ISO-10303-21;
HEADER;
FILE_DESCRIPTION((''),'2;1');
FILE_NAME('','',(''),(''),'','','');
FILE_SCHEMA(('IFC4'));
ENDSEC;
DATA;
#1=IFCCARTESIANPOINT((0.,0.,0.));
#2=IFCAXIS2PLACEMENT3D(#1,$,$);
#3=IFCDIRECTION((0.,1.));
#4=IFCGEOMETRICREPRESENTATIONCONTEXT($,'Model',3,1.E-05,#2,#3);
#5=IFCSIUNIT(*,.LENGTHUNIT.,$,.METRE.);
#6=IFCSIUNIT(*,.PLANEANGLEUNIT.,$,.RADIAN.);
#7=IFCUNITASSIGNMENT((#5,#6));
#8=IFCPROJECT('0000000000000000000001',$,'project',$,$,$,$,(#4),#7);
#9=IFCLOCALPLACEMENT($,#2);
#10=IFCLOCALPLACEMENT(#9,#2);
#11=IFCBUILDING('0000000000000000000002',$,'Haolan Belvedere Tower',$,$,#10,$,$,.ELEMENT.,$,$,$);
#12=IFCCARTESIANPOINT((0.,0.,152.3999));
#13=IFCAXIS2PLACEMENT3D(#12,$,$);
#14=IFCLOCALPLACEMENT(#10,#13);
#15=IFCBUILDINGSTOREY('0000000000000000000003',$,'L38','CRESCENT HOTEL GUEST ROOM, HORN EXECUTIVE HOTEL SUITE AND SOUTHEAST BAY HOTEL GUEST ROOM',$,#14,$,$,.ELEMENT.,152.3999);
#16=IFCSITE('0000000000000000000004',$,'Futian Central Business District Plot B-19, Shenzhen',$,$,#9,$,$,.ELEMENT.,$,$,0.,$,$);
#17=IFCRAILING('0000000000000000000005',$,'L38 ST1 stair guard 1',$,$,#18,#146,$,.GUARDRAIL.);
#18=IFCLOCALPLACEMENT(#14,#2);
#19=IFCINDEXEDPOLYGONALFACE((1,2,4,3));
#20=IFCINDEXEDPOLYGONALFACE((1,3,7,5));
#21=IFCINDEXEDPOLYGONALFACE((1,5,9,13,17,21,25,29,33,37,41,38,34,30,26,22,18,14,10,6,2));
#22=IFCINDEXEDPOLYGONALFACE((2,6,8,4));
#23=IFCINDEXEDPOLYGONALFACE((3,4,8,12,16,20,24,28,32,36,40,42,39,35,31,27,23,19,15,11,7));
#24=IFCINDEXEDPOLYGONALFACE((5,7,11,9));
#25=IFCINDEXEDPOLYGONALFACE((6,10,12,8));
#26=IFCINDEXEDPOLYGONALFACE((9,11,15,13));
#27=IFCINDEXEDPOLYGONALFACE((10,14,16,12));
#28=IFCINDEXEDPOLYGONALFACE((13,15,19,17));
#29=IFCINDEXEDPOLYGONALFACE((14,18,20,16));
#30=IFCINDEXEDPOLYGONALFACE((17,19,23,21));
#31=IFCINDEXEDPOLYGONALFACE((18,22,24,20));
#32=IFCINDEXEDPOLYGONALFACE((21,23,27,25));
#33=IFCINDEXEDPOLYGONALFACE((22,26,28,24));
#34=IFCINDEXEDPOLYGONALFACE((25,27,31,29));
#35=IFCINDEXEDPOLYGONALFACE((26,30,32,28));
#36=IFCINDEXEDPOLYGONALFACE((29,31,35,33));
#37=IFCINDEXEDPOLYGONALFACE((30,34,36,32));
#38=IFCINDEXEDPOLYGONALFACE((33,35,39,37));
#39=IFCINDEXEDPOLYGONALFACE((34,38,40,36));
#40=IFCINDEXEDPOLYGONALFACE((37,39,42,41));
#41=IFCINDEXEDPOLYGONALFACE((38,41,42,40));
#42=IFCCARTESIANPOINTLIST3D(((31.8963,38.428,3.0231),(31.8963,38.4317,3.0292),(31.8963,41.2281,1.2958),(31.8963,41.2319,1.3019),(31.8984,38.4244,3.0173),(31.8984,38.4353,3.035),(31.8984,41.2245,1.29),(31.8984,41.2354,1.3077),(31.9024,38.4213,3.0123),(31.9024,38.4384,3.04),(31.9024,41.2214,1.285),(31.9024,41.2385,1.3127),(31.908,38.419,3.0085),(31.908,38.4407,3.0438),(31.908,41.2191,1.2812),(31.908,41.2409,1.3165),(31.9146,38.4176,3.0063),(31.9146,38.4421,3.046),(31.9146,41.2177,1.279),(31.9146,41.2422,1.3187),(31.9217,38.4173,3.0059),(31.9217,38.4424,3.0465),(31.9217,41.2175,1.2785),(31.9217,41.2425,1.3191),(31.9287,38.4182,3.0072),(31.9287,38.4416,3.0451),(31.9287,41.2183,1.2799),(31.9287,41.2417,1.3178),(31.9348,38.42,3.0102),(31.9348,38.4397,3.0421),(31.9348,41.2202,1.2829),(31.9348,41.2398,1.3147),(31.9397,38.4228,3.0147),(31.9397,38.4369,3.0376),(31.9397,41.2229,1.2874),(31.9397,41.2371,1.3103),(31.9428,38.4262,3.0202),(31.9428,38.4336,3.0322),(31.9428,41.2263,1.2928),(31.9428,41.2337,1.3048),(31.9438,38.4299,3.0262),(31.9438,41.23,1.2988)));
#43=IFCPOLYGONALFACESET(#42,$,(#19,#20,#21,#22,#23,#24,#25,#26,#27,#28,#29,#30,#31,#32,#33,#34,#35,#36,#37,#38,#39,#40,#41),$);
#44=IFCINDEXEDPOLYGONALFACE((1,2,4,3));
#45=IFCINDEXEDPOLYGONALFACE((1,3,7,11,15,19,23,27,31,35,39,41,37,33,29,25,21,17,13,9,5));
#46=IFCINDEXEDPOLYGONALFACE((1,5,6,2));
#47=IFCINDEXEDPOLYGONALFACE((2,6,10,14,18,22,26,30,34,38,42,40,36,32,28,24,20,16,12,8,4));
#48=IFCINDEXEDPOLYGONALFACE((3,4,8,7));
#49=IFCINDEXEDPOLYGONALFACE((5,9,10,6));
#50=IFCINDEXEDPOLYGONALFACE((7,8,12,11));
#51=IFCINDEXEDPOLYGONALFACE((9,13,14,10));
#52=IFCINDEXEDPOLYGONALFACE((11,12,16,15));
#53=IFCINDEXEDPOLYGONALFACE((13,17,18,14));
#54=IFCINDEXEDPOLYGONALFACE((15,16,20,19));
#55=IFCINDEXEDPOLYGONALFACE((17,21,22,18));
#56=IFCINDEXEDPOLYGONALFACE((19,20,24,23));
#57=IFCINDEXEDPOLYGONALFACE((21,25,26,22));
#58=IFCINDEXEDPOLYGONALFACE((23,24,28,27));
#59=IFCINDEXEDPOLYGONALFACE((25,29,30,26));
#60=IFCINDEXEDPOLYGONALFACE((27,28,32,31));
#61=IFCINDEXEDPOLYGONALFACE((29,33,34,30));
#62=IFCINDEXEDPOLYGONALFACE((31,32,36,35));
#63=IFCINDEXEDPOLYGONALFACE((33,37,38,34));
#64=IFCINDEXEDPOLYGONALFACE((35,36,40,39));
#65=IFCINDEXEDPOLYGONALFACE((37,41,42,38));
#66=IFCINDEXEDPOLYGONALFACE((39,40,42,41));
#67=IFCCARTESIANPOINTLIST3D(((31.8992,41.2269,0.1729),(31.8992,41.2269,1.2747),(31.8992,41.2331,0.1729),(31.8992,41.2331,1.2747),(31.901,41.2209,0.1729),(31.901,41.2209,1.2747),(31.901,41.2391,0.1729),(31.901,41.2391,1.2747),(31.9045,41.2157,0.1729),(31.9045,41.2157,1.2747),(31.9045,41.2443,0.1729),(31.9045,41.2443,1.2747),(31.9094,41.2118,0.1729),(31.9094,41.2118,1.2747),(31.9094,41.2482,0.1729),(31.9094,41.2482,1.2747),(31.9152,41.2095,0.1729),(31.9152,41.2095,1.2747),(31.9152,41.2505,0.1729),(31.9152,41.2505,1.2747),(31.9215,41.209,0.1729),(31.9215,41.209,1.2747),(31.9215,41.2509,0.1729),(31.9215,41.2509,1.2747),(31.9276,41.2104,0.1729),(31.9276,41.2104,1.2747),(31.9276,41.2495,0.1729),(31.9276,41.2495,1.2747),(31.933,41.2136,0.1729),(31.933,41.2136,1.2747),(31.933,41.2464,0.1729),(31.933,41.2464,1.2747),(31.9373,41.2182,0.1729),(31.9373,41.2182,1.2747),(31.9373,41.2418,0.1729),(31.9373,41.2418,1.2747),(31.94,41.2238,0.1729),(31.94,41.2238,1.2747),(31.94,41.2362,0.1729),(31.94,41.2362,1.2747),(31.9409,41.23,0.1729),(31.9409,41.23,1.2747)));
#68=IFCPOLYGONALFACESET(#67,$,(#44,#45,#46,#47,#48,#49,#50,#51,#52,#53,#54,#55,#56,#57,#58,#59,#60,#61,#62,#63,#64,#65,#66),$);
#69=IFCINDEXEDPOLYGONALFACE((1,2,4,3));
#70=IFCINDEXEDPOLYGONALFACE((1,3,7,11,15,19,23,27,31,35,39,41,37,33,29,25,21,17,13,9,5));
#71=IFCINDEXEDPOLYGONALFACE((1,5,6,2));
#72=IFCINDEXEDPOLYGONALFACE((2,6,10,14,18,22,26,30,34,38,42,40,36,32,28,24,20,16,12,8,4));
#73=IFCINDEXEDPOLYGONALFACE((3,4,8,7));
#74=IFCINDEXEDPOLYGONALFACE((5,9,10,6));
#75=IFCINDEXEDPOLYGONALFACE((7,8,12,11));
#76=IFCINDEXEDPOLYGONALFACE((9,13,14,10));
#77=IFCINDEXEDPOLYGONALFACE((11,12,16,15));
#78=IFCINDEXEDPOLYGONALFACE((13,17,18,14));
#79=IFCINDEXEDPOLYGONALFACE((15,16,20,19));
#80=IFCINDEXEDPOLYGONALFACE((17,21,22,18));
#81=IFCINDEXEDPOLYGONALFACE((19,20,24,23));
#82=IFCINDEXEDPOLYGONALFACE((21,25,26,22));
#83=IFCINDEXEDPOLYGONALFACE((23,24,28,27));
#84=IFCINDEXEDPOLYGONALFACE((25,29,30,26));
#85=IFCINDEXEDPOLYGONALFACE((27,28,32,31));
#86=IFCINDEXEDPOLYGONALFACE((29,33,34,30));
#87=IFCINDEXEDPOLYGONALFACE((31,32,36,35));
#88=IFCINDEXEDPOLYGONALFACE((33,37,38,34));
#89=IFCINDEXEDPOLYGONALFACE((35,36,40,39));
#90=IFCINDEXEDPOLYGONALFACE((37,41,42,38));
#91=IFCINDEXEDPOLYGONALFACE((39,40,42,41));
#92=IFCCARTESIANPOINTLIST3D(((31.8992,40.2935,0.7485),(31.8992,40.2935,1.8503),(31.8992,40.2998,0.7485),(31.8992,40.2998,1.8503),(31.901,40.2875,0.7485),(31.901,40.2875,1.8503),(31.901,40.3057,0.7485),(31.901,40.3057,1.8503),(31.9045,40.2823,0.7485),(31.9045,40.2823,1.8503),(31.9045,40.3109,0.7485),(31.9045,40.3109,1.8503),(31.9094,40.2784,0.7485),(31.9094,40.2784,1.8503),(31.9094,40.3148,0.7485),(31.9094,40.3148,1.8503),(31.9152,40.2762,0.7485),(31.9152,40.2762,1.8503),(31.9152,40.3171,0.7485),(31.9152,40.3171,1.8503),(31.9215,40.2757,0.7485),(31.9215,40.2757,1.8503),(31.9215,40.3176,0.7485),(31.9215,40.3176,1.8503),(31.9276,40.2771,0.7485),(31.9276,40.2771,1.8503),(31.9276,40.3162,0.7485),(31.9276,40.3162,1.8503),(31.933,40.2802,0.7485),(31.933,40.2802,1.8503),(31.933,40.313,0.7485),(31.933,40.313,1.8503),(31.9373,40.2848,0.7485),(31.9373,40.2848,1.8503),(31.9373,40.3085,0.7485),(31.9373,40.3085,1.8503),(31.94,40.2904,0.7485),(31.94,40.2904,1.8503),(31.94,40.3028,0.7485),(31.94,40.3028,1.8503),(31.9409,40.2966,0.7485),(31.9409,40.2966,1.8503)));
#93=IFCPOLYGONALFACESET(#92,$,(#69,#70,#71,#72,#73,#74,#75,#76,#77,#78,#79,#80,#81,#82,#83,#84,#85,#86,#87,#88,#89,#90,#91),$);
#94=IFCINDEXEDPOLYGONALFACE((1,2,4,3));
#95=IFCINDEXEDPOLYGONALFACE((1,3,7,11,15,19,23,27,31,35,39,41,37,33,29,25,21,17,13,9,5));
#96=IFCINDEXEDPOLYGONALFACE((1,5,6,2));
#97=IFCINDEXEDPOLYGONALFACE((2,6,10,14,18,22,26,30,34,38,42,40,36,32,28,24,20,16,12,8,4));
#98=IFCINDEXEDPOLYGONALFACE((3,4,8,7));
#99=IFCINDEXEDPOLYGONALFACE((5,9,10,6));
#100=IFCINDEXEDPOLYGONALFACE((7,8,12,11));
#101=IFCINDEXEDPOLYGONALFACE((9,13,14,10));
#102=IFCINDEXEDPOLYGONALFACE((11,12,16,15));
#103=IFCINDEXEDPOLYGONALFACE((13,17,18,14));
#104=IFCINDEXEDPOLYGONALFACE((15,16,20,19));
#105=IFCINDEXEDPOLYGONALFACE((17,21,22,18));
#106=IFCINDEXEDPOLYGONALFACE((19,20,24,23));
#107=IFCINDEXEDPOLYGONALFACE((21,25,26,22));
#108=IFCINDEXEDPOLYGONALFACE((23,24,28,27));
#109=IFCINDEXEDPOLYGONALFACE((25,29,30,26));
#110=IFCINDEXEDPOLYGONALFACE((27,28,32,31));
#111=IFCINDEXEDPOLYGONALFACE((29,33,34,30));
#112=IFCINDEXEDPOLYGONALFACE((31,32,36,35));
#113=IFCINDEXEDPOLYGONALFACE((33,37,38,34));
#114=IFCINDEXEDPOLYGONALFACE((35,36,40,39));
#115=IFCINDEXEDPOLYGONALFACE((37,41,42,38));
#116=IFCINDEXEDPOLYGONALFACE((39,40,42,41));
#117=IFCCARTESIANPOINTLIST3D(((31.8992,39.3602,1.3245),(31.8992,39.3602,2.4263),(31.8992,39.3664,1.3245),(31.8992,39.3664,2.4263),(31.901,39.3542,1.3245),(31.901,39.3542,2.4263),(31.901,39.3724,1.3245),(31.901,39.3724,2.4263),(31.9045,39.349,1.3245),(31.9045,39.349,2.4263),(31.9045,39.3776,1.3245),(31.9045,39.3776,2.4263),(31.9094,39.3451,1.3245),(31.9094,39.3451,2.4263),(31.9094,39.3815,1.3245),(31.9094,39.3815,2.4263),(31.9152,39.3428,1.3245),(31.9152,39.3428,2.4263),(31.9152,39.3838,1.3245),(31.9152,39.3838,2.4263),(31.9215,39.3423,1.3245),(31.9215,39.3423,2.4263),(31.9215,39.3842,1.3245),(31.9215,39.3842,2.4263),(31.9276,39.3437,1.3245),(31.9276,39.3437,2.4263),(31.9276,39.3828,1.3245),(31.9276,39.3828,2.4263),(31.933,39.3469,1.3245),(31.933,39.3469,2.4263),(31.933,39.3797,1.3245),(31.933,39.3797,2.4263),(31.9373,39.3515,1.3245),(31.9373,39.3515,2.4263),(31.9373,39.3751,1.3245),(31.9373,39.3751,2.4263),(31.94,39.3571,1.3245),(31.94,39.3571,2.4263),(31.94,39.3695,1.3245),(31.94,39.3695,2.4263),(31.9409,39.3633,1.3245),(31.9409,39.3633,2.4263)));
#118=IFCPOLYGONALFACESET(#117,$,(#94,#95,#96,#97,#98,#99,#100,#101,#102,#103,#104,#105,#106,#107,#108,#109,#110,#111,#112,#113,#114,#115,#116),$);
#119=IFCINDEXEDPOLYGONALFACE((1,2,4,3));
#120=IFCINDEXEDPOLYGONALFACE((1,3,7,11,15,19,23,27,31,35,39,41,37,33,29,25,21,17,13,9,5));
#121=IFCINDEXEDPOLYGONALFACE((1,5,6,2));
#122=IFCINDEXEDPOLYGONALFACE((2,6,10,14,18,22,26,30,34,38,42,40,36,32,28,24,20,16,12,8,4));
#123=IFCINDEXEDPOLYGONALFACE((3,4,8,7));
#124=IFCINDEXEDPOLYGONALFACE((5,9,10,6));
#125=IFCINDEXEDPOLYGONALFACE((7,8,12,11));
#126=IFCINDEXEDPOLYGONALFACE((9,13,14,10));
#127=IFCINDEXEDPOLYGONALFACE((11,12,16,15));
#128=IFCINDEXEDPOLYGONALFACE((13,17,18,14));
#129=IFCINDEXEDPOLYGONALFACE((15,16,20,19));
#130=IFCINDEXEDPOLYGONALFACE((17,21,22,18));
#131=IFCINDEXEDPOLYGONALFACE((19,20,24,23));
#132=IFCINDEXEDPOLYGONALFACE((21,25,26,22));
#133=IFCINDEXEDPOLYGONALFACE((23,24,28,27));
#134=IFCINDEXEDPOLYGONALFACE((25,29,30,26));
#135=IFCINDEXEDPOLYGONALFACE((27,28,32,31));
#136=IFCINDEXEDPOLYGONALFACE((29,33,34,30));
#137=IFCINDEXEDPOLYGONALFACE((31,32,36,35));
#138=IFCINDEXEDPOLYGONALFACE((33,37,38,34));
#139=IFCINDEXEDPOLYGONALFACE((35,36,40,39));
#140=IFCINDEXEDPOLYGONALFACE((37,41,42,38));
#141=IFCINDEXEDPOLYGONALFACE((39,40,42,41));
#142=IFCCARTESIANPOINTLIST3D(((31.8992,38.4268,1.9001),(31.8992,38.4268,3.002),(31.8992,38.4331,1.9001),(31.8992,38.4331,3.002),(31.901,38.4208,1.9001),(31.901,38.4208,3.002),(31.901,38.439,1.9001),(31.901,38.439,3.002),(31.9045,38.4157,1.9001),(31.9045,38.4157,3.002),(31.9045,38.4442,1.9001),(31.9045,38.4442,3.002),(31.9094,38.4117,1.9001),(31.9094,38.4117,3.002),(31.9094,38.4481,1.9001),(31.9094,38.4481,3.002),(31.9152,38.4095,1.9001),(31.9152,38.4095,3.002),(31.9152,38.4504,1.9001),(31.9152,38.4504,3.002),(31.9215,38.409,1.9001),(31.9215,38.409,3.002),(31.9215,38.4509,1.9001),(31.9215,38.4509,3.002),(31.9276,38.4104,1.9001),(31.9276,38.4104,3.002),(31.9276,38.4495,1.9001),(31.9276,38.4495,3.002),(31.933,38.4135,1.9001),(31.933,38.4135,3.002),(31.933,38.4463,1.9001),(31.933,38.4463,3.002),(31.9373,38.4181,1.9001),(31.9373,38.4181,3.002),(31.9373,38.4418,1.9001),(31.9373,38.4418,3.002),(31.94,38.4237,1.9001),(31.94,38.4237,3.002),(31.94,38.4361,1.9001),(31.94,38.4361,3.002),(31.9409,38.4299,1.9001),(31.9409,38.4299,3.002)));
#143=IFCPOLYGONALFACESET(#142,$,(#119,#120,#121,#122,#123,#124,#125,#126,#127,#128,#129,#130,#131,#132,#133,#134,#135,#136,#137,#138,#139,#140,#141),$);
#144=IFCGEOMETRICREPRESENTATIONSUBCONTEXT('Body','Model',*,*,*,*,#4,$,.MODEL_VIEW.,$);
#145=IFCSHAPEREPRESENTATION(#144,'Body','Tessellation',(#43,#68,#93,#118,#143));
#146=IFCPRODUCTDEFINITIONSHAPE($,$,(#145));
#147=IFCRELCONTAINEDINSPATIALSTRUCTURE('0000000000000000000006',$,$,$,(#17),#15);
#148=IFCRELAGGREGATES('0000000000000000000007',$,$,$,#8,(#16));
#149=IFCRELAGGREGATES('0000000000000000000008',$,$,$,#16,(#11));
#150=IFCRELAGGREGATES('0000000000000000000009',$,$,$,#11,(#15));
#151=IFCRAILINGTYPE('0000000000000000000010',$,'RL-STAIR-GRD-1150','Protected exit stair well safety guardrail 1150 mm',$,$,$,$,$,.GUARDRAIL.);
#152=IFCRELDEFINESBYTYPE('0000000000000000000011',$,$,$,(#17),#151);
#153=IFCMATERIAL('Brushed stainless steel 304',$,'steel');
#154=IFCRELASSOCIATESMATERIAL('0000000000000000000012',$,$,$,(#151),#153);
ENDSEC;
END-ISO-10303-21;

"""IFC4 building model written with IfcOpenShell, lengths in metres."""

from ifc_helpers import new_model, si_unit, direction, frame, origin, origin_2d, place, context, subcontext, project, spatial, circle, extrude, material, type_object, element, save


model = new_model("IFC4")

# Units and contexts
model_context = context("Model", 3, precision=1e-05, world=origin(), true_north=direction((0.0, 1.0)))
body_context = subcontext(model_context, "Body", "Model", "MODEL_VIEW")
ifc_project = project(units=[si_unit("LENGTHUNIT", "METRE"), si_unit("PLANEANGLEUNIT", "RADIAN")], contexts=[model_context])

# Site, building, storey
site_placement = place(None, origin())
site = spatial("IfcSite", under=ifc_project, at=site_placement, Name="Futian Central Business District Plot B-19, Shenzhen", CompositionType="ELEMENT", RefElevation=0.0)
building_placement = place(site_placement, origin())
building = spatial("IfcBuilding", under=site, at=building_placement, Name="Haolan Belvedere Tower", CompositionType="ELEMENT")
storey_placement = place(building_placement, frame((0.0, 0.0, 152.3999)))
storey = spatial("IfcBuildingStorey", under=building, at=storey_placement, Name="L38", Description="CRESCENT HOTEL GUEST ROOM, HORN EXECUTIVE HOTEL SUITE AND SOUTHEAST BAY HOTEL GUEST ROOM", CompositionType="ELEMENT", Elevation=152.3999)

# Railing
ifc_material_1 = material(Name="Brushed stainless steel 304", Category="steel")
railing_type_1 = type_object("IfcRailingType", Name="RL-STAIR-GRD-1150", Description="Protected exit stair well safety guardrail 1150 mm", PredefinedType="GUARDRAIL", material=ifc_material_1)
railing_1_placement = place(storey_placement, frame((31.9199, 41.23, 0.1729)))
element("IfcRailing", 1, at=railing_1_placement, inside=storey, type_object=railing_type_1, Name="L38 ST1 stair guard 1", PredefinedType="GUARDRAIL", context=body_context, shape_type="SweptSolid", body=[
    extrude(circle(Radius=0.0239, at=origin_2d()), frame((0.0, 0.0, 1.126), z_axis=(0.0, -0.85109, 0.52502), x_axis=(1.0, 0.0, 0.0)), (0.0, 0.0, 1.0), 3.29),
    extrude(circle(Radius=0.021, at=origin_2d()), origin(), (0.0, 0.0, 1.0), 1.1018),
    extrude(circle(Radius=0.021, at=origin_2d()), frame((0.0, -0.9333, 0.5757)), (0.0, 0.0, 1.0), 1.1018),
    extrude(circle(Radius=0.021, at=origin_2d()), frame((0.0, -1.8667, 1.1516)), (0.0, 0.0, 1.0), 1.1018),
    extrude(circle(Radius=0.021, at=origin_2d()), frame((0.0, -2.8, 1.7273)), (0.0, 0.0, 1.0), 1.1018),
])

save(model, "model.ifc")
